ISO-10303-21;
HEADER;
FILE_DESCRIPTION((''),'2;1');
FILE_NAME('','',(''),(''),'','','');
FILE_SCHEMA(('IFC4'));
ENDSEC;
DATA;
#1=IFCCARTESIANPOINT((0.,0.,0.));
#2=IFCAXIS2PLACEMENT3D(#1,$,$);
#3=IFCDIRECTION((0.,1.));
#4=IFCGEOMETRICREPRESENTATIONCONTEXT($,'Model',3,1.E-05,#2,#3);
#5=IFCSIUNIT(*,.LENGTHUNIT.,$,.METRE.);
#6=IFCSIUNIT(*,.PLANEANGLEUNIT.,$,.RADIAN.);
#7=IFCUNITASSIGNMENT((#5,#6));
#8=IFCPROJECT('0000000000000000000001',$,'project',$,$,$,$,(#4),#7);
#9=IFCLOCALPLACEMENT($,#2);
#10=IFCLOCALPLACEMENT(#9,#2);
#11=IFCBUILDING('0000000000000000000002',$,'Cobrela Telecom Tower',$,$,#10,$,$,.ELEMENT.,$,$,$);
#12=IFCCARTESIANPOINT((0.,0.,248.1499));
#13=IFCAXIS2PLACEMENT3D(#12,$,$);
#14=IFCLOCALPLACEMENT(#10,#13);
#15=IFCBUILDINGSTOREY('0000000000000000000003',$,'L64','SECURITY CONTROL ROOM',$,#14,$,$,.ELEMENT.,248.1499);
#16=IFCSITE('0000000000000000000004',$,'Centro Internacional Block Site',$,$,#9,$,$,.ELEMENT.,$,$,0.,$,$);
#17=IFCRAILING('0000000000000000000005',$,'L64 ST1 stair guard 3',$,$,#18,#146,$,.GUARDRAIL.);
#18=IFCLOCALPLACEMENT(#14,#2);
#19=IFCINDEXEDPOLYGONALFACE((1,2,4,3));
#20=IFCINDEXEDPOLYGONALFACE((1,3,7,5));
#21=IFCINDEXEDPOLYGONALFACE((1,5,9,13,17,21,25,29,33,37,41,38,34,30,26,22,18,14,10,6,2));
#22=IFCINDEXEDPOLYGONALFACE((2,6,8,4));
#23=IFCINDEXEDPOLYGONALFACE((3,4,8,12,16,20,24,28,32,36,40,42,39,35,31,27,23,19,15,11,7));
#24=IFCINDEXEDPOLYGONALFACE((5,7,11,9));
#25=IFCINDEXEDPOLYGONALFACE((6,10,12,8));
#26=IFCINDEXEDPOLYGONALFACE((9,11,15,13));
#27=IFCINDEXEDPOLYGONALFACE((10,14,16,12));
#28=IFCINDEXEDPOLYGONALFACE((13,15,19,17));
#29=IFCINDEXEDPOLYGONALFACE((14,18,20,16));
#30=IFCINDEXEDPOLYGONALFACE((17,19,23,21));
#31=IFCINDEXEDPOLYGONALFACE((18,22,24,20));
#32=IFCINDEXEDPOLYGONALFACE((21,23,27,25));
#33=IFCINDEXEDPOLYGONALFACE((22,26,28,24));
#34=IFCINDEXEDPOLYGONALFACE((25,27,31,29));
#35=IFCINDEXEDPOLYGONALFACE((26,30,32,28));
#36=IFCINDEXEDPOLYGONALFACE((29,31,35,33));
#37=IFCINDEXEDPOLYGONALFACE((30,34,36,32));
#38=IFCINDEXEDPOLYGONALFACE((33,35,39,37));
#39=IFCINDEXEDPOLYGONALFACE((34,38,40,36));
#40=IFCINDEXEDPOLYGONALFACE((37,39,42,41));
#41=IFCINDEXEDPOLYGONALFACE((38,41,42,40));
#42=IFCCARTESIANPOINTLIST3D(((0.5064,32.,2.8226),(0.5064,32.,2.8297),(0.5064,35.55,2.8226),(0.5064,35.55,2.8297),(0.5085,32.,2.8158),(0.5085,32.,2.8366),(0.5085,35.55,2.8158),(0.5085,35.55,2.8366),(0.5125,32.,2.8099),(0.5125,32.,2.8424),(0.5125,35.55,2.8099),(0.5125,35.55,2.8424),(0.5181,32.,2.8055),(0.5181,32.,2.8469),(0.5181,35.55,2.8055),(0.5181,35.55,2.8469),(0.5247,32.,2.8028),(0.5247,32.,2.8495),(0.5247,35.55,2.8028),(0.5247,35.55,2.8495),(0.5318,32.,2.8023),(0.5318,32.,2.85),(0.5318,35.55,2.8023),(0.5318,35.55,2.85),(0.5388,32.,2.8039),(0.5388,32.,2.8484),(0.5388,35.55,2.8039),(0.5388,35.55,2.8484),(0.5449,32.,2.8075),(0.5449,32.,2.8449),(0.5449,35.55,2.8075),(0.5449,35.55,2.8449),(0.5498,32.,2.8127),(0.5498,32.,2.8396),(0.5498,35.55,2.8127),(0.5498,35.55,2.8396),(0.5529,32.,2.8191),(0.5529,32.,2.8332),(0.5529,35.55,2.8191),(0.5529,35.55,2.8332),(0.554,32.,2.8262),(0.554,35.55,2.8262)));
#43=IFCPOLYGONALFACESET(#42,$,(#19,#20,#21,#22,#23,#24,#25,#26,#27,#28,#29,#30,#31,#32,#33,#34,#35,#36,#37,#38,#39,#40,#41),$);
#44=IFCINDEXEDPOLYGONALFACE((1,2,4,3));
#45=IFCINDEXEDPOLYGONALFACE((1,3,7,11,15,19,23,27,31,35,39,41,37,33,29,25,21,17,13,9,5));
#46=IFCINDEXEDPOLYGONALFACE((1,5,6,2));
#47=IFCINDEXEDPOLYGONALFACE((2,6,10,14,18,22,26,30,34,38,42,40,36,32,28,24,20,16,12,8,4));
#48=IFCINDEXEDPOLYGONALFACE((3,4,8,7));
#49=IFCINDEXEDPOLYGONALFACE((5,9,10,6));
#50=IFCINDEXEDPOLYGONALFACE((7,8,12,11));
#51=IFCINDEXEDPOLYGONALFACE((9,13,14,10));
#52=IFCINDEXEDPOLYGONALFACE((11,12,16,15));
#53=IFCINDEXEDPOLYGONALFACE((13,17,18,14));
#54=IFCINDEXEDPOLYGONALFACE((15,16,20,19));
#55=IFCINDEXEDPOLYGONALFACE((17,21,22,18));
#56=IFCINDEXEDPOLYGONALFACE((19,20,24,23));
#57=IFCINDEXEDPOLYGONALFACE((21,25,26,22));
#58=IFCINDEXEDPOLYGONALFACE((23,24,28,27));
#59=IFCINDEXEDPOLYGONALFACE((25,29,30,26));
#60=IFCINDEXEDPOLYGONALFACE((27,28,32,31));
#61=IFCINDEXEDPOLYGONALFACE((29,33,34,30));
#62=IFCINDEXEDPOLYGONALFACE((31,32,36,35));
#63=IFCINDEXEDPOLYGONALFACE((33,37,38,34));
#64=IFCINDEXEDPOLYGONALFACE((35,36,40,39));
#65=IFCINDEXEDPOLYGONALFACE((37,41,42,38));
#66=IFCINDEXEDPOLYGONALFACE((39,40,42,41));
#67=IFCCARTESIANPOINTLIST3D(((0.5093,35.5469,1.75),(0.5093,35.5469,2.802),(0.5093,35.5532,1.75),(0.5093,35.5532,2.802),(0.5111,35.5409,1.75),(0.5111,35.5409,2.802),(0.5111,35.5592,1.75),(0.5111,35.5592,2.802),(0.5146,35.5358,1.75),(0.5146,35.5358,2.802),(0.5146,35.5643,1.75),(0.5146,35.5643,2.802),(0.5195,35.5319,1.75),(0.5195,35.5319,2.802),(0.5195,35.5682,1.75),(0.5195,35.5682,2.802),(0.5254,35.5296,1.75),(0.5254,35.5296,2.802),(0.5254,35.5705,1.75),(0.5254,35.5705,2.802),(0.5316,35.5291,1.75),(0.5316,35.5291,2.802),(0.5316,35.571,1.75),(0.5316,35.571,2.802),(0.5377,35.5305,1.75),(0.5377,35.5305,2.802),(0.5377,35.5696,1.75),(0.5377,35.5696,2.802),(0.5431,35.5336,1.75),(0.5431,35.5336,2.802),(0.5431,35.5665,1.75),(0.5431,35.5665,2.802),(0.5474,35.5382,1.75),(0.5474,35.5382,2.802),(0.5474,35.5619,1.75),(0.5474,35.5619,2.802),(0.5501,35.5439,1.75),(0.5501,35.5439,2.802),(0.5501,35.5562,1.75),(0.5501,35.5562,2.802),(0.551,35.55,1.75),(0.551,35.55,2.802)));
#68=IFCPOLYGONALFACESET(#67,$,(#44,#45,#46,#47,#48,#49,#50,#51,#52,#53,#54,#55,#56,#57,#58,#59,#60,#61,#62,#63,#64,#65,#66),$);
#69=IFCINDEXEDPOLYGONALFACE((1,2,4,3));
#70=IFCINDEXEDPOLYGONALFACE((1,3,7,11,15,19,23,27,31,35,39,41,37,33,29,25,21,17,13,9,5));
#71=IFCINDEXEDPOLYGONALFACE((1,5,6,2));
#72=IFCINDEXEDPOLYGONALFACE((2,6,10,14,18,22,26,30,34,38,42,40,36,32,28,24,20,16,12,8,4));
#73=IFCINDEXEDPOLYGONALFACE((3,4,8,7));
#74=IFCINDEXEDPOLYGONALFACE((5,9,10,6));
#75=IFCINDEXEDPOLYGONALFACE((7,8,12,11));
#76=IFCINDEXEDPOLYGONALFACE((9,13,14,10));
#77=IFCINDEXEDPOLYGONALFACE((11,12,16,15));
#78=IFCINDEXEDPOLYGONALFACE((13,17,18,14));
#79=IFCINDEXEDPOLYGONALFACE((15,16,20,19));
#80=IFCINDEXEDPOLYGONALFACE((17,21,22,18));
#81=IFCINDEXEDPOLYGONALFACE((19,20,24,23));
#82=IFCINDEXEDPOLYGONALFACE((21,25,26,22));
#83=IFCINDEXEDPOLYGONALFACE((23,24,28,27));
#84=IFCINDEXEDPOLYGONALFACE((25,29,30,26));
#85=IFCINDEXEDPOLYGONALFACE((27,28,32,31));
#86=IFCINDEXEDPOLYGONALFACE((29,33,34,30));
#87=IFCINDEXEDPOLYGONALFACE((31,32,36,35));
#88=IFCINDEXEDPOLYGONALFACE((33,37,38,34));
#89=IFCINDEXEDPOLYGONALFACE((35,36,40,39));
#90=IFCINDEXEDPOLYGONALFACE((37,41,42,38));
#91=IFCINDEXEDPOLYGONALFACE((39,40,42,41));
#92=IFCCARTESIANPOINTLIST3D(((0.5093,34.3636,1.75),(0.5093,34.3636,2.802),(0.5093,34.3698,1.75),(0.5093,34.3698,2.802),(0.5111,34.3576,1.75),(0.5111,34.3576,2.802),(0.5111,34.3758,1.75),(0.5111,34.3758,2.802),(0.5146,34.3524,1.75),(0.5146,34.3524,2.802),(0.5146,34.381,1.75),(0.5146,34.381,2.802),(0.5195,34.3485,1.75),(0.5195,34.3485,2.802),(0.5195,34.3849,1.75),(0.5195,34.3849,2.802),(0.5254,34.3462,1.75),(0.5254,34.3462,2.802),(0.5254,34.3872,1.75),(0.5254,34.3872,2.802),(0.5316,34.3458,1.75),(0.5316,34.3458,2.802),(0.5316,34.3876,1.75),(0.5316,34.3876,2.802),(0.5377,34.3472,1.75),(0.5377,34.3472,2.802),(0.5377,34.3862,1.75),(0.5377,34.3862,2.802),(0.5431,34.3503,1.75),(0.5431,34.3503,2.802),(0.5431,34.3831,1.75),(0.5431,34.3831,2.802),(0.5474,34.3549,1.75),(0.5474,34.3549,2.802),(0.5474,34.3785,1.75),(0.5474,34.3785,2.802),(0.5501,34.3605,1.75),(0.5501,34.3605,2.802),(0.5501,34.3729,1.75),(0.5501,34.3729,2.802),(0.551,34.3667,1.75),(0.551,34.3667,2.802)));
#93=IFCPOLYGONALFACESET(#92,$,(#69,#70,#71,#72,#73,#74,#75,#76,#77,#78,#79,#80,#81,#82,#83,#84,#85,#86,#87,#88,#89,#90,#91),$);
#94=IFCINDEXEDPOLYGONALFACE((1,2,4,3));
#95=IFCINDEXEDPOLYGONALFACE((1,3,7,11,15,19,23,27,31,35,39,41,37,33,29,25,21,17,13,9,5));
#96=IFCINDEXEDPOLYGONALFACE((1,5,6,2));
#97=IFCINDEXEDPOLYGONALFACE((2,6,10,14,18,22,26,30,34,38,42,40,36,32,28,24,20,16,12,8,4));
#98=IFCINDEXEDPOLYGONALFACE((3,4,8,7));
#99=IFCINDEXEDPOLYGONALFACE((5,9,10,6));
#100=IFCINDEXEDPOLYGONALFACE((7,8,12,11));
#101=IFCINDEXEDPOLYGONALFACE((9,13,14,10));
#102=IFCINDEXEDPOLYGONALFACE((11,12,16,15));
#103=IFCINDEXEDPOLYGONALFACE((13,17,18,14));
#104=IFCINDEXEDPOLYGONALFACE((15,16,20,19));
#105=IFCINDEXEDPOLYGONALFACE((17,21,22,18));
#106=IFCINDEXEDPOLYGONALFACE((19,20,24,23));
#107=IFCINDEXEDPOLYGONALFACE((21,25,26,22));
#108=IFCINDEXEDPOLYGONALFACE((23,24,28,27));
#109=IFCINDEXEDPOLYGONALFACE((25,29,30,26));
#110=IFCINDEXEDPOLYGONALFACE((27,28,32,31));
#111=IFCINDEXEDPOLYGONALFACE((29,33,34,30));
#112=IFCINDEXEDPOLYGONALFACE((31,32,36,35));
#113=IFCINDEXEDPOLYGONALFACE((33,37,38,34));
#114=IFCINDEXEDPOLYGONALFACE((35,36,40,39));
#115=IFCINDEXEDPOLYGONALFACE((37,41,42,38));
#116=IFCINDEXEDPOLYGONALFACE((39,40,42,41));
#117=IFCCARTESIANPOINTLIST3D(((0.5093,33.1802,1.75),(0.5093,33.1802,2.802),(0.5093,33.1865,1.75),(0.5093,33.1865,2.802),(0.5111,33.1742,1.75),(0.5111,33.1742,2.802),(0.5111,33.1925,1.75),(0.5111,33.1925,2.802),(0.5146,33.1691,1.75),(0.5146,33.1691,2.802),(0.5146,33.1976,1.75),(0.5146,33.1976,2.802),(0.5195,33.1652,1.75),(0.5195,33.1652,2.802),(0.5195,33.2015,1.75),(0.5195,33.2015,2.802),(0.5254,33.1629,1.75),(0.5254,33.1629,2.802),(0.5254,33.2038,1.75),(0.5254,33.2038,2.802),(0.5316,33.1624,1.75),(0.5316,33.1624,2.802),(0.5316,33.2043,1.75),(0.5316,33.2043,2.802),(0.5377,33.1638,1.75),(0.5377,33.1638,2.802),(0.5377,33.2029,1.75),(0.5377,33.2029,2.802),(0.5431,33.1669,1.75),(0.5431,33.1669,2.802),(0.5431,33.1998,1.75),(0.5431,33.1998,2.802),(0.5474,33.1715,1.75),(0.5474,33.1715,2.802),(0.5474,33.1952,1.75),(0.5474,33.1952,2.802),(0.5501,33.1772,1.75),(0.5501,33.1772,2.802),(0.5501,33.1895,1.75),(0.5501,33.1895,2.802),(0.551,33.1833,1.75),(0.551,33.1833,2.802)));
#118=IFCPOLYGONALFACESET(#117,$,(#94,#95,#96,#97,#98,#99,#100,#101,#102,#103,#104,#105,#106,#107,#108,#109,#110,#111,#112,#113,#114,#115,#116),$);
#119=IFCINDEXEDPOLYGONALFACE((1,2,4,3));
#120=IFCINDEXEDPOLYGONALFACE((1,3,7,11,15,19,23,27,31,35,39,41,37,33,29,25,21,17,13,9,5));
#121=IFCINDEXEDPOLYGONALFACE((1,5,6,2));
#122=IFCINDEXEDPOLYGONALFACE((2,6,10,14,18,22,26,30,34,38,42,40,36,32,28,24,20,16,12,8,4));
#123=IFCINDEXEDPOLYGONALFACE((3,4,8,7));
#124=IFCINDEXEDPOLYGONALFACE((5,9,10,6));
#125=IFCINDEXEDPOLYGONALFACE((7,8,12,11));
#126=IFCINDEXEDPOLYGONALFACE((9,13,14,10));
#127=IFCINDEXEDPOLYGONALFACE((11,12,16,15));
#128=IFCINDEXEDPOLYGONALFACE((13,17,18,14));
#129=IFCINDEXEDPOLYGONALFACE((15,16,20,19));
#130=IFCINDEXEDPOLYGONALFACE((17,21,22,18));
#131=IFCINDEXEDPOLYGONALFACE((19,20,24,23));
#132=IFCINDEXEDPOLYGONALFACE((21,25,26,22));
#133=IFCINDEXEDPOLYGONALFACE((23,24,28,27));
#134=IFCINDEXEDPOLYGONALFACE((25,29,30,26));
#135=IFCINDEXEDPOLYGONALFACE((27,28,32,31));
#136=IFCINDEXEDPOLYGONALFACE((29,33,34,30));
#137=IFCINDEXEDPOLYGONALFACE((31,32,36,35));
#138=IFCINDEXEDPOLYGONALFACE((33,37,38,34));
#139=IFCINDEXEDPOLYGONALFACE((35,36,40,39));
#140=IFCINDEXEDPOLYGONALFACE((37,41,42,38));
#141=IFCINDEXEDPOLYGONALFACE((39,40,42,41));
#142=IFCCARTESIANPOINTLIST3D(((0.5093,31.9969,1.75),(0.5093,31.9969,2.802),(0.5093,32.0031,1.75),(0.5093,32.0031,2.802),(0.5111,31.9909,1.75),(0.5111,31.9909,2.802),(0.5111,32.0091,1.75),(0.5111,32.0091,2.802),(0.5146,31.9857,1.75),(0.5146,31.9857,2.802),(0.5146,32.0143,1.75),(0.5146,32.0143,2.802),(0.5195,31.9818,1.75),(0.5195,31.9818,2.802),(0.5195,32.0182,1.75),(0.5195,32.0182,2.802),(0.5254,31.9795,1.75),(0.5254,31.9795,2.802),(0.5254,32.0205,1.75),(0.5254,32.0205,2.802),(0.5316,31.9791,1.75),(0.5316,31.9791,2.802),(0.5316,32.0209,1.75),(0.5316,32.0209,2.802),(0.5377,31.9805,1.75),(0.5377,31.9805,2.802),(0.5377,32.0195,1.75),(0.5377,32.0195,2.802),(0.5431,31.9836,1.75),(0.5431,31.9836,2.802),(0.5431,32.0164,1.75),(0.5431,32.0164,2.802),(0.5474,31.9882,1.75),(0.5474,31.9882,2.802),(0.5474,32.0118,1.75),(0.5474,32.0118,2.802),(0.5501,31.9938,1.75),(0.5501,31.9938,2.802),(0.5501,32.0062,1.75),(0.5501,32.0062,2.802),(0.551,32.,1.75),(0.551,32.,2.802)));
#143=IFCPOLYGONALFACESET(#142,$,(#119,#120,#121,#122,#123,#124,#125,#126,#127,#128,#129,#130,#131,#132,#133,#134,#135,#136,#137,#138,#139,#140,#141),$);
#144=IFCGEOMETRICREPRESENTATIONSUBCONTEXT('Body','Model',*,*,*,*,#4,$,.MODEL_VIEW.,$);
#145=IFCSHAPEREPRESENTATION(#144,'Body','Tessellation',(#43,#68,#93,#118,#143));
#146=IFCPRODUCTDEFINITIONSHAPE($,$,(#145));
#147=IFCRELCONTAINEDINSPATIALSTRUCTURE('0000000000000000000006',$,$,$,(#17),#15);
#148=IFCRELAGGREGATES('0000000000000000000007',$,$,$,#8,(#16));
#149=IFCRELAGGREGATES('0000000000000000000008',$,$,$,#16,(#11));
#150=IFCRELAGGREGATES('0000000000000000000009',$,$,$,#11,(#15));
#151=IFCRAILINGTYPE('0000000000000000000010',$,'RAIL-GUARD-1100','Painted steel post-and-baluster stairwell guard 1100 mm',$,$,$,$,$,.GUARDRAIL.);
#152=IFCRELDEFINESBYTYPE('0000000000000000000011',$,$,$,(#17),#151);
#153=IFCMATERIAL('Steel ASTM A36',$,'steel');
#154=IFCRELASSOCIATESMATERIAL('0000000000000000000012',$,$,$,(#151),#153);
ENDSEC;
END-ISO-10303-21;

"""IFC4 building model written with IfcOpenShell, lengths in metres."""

from ifc_helpers import new_model, si_unit, direction, frame, origin, origin_2d, place, context, subcontext, project, spatial, circle, extrude, material, type_object, element, save


model = new_model("IFC4")

# Units and contexts
model_context = context("Model", 3, precision=1e-05, world=origin(), true_north=direction((0.0, 1.0)))
body_context = subcontext(model_context, "Body", "Model", "MODEL_VIEW")
ifc_project = project(units=[si_unit("LENGTHUNIT", "METRE"), si_unit("PLANEANGLEUNIT", "RADIAN")], contexts=[model_context])

# Site, building, storey
site_placement = place(None, origin())
site = spatial("IfcSite", under=ifc_project, at=site_placement, Name="Centro Internacional Block Site", CompositionType="ELEMENT", RefElevation=0.0)
building_placement = place(site_placement, origin())
building = spatial("IfcBuilding", under=site, at=building_placement, Name="Cobrela Telecom Tower", CompositionType="ELEMENT")
storey_placement = place(building_placement, frame((0.0, 0.0, 248.1499)))
storey = spatial("IfcBuildingStorey", under=building, at=storey_placement, Name="L64", Description="SECURITY CONTROL ROOM", CompositionType="ELEMENT", Elevation=248.1499)

# Shared definitions
ifc_material_1 = material(Name="Steel ASTM A36", Category="steel")

# Railing
railing_type_1 = type_object("IfcRailingType", Name="RAIL-GUARD-1100", Description="Painted steel post-and-baluster stairwell guard 1100 mm", PredefinedType="GUARDRAIL", material=ifc_material_1)
railing_1_placement = place(storey_placement, frame((0.53, 35.55, 1.75)))
element("IfcRailing", 1, at=railing_1_placement, inside=storey, type_object=railing_type_1, Name="L64 ST1 stair guard 3", PredefinedType="GUARDRAIL", context=body_context, shape_type="SweptSolid", body=[
    extrude(circle(Radius=0.0239, at=origin_2d()), frame((0.0, 0.0, 1.0762), z_axis=(0.0, -1.0, 0.0), x_axis=(1.0, 0.0, 0.0)), (0.0, 0.0, 1.0), 3.55),
    extrude(circle(Radius=0.021, at=origin_2d()), origin(), (0.0, 0.0, 1.0), 1.052),
    extrude(circle(Radius=0.021, at=origin_2d()), frame((0.0, -1.1833, 0.0)), (0.0, 0.0, 1.0), 1.052),
    extrude(circle(Radius=0.021, at=origin_2d()), frame((0.0, -2.3667, 0.0)), (0.0, 0.0, 1.0), 1.052),
    extrude(circle(Radius=0.021, at=origin_2d()), frame((0.0, -3.55, 0.0)), (0.0, 0.0, 1.0), 1.052),
])

save(model, "model.ifc")
